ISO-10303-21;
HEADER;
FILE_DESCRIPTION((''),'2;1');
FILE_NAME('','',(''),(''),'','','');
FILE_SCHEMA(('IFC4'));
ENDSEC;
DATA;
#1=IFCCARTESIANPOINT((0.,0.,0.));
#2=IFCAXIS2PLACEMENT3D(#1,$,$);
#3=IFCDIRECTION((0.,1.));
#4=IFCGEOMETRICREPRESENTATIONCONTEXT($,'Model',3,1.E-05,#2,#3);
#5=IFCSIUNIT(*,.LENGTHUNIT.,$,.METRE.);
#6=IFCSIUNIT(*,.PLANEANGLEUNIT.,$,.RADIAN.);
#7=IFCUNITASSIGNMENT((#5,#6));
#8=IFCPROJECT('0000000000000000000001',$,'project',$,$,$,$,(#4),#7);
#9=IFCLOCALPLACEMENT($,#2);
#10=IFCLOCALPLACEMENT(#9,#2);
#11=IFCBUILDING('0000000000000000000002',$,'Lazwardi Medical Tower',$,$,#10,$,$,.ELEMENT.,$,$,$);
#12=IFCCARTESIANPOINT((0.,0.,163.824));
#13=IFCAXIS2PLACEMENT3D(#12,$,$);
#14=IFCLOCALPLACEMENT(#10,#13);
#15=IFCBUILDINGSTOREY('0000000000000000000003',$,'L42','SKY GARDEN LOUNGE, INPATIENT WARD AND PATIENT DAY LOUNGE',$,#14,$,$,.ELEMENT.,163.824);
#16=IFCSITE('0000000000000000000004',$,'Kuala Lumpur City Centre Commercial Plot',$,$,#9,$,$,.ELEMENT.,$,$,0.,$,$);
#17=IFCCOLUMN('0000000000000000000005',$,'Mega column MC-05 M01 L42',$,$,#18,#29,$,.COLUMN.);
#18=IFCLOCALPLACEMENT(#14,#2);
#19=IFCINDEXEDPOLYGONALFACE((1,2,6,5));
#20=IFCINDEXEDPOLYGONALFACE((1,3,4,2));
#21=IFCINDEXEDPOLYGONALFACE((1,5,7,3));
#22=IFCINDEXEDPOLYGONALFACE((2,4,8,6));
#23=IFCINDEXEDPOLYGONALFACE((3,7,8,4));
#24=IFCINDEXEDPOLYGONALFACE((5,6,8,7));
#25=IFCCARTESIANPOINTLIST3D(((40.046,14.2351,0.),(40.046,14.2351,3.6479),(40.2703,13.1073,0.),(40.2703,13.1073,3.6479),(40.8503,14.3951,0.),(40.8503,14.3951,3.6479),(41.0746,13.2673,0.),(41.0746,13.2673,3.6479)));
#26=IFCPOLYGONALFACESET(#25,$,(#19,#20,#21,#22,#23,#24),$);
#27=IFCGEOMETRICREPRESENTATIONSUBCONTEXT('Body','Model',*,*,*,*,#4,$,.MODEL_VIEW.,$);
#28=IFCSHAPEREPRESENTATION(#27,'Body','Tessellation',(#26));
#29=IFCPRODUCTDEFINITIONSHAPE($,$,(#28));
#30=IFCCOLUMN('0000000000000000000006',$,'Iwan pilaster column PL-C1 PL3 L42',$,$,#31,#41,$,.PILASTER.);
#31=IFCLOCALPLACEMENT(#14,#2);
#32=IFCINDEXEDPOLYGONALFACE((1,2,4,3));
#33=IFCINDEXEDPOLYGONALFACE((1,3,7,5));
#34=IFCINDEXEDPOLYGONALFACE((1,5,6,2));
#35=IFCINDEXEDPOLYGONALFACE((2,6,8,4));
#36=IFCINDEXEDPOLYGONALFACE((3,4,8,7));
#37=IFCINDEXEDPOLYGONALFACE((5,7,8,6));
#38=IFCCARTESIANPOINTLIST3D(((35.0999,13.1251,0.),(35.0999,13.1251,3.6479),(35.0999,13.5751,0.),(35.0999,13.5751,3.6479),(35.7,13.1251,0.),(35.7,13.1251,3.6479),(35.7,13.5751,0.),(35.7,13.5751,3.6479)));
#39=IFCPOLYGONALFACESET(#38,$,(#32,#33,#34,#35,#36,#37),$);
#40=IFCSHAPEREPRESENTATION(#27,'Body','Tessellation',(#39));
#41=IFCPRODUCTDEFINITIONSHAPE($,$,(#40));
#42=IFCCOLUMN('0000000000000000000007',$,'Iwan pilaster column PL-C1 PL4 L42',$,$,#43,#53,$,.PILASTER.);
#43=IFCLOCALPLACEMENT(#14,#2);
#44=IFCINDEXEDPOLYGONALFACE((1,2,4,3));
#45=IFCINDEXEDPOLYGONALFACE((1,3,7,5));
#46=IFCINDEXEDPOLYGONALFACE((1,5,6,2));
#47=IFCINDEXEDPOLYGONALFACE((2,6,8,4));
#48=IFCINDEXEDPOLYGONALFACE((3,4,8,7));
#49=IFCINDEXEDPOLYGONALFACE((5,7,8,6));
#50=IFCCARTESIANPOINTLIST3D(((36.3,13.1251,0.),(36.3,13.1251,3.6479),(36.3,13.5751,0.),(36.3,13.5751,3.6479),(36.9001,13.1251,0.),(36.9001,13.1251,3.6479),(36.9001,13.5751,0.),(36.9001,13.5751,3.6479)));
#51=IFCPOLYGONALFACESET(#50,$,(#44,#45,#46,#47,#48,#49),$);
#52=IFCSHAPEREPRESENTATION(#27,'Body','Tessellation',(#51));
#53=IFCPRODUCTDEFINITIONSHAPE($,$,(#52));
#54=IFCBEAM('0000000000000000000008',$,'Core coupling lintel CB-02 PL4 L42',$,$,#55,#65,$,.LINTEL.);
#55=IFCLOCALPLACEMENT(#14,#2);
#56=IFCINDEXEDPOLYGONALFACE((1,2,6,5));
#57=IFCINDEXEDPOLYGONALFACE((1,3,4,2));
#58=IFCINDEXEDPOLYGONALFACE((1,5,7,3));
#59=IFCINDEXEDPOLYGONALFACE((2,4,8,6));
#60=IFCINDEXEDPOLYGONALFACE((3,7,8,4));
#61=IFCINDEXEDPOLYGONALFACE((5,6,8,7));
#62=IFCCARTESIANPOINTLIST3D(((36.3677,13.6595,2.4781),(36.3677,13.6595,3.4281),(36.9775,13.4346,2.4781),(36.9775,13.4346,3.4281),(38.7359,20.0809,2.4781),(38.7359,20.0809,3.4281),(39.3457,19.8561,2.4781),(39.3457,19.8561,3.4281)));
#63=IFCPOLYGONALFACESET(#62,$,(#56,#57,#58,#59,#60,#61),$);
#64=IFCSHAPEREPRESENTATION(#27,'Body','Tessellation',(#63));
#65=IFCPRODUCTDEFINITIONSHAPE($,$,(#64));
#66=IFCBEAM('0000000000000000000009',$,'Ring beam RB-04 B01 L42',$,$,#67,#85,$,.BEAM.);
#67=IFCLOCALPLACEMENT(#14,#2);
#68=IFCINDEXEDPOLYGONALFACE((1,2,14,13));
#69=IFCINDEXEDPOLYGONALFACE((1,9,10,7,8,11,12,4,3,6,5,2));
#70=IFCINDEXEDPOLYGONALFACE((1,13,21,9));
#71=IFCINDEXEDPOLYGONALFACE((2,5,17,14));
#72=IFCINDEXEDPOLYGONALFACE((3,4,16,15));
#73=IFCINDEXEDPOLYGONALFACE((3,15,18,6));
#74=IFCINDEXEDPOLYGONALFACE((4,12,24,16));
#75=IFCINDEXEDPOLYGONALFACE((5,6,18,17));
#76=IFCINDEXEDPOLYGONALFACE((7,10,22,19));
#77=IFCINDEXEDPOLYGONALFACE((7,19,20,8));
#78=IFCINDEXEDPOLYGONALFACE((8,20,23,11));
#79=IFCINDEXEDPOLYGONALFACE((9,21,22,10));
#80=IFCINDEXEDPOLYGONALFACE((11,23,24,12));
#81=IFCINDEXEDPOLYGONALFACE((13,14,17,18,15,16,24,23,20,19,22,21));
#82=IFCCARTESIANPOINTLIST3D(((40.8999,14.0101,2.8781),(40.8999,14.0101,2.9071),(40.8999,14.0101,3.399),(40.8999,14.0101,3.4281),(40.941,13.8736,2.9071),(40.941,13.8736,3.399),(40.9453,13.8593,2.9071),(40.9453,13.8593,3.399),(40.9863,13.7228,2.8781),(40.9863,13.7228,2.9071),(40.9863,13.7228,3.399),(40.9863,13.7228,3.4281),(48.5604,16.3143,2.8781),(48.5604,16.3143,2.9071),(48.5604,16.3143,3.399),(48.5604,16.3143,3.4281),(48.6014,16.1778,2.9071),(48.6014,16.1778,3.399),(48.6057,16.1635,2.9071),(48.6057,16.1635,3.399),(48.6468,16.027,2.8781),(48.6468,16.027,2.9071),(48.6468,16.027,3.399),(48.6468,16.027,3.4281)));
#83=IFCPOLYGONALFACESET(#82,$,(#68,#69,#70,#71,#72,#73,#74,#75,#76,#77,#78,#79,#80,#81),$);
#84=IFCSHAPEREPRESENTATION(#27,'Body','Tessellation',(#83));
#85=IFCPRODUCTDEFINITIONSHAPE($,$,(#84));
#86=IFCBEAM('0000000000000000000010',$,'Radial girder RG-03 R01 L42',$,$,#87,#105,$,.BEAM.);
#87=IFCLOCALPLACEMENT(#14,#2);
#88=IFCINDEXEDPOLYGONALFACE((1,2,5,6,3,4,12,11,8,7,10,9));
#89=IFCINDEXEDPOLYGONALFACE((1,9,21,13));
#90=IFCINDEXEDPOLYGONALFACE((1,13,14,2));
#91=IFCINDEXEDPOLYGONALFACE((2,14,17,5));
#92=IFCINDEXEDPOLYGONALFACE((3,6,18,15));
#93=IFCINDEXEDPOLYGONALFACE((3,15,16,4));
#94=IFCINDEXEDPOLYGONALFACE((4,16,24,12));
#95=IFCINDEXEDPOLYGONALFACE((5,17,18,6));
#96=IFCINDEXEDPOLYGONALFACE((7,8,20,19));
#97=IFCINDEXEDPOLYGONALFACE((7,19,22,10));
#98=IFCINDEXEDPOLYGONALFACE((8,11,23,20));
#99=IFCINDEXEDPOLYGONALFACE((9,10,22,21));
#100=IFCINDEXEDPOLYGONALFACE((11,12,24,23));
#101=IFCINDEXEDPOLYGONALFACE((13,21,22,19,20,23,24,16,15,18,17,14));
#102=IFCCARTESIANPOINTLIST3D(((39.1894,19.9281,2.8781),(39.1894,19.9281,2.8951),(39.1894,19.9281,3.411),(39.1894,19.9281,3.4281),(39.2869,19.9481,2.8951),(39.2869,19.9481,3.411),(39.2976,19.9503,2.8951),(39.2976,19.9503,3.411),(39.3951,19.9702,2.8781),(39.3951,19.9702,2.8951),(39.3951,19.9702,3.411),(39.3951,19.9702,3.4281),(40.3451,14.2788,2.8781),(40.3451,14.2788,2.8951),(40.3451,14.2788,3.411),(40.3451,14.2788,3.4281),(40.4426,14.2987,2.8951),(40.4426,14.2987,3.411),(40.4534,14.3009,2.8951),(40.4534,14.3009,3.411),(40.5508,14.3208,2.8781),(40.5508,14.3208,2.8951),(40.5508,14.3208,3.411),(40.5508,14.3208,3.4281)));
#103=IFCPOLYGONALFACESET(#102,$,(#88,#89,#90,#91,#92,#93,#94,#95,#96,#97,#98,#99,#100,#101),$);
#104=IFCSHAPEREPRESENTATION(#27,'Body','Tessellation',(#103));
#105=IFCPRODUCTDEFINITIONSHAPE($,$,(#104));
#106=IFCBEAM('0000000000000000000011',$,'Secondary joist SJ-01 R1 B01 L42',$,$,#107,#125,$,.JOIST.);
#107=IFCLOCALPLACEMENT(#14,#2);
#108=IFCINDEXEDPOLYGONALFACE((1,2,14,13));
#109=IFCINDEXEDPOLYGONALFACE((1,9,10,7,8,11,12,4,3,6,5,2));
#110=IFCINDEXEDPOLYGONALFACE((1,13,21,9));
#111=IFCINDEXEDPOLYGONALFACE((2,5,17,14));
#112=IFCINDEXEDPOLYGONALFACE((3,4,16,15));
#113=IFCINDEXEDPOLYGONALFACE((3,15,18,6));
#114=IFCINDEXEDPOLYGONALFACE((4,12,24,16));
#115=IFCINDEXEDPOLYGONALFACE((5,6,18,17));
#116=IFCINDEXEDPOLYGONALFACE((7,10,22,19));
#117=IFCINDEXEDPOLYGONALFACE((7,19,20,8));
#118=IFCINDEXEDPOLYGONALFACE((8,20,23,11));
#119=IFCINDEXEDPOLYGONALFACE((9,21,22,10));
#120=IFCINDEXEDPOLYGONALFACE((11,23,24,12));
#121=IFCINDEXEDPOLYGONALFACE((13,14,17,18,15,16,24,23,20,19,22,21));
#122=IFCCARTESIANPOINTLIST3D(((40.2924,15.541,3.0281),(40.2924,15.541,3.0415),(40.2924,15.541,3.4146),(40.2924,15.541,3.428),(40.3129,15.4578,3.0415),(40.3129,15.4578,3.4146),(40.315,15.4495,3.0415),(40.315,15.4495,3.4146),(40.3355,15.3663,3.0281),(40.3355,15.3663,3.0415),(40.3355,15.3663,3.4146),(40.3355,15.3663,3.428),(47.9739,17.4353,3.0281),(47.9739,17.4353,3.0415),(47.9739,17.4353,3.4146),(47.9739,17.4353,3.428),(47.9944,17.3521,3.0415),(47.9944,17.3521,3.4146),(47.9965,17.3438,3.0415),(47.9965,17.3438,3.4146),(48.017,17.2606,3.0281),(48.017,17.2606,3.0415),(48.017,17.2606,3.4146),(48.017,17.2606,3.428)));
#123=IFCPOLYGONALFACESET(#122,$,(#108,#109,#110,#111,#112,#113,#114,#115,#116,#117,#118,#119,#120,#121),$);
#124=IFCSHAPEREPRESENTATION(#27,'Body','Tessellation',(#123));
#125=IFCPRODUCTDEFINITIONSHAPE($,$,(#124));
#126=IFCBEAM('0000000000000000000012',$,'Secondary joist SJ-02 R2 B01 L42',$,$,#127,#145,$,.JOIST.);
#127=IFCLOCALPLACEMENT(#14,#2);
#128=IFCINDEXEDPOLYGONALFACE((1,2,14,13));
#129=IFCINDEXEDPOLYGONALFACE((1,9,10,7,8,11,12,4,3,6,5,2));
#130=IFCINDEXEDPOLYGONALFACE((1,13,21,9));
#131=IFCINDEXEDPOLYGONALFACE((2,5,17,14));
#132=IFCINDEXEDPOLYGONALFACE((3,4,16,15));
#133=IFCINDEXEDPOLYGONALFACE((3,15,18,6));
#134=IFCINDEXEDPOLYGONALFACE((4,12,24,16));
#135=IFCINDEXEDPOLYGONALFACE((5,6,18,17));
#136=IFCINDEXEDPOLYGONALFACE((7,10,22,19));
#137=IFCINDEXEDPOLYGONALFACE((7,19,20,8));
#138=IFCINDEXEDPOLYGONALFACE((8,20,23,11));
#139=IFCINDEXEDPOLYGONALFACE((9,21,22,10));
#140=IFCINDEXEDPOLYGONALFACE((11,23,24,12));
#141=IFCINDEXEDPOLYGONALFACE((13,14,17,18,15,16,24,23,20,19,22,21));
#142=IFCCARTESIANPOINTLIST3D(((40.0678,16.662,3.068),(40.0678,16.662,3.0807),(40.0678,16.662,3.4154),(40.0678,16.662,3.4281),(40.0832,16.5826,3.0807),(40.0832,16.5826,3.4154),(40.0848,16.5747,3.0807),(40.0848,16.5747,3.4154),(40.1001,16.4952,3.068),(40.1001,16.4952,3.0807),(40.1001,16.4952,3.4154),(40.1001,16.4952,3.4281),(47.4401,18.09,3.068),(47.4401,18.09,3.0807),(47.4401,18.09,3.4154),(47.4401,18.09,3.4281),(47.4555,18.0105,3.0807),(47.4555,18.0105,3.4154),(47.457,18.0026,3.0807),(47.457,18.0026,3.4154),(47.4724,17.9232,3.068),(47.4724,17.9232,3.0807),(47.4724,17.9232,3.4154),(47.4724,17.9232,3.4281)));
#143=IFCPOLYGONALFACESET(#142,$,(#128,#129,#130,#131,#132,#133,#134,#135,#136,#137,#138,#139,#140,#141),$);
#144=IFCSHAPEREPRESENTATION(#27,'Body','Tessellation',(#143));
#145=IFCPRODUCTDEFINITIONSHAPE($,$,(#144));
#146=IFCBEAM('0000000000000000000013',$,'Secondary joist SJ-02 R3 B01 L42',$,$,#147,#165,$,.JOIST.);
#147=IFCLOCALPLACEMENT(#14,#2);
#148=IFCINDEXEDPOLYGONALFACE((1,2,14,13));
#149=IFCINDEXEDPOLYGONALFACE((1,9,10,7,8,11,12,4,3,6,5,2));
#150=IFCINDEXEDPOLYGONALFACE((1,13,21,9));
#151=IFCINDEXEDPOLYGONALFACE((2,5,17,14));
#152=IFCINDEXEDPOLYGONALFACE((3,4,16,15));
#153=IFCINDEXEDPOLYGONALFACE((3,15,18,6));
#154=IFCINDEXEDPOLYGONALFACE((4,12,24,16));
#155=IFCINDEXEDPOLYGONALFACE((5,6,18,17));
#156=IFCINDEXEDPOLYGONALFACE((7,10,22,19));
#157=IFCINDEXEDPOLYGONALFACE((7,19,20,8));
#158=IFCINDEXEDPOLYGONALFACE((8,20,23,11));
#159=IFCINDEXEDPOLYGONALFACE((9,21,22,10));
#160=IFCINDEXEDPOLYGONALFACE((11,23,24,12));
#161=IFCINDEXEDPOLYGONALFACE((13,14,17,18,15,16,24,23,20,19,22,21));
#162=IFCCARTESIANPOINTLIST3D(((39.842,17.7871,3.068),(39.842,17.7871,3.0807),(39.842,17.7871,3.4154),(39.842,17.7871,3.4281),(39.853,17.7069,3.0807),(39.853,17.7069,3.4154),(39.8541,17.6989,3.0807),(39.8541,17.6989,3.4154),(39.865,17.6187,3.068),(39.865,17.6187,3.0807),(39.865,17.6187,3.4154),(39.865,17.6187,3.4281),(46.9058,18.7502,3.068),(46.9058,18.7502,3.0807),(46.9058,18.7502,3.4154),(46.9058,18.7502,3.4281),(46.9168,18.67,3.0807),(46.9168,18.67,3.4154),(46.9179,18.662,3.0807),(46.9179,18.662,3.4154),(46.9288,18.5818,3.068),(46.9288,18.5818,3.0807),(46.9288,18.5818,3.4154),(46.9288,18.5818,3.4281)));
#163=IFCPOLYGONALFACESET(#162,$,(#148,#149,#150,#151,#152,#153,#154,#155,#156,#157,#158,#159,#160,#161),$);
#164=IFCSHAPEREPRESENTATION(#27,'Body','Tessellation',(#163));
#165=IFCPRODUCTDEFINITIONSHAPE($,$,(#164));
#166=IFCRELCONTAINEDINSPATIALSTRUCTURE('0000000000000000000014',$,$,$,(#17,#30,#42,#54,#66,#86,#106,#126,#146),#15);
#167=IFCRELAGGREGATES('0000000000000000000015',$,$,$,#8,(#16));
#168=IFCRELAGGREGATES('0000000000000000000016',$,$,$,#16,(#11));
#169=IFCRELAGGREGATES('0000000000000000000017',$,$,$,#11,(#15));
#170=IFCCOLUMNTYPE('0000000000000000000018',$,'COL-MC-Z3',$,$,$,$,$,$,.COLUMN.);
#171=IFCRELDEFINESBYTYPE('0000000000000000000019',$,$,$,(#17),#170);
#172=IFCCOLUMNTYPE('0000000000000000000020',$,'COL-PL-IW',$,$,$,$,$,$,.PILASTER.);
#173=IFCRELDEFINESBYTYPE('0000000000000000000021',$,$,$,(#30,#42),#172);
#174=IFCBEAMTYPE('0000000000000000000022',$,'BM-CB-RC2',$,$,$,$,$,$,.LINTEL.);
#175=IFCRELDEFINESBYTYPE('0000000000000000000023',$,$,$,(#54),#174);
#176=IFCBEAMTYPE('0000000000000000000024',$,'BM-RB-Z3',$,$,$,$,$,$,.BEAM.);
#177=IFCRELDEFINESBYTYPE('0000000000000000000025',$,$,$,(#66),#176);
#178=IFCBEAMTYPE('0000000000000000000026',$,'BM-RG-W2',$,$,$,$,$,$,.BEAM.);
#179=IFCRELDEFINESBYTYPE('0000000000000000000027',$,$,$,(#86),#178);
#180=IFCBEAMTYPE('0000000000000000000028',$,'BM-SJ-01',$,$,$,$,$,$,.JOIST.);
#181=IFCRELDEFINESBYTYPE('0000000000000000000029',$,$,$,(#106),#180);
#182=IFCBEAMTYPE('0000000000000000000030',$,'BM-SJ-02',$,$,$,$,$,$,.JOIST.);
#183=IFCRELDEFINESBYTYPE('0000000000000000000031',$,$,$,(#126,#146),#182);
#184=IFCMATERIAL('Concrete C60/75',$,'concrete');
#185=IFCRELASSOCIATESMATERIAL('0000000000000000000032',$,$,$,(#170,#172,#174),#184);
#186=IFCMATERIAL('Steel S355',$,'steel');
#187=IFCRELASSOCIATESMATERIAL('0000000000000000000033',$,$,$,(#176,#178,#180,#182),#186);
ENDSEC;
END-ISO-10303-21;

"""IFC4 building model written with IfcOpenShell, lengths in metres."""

from ifc_helpers import new_model, si_unit, direction, frame, origin, origin_2d, place, context, subcontext, project, spatial, rectangle, i_section, extrude, material, material_profile, profile_set, type_object, element, save


model = new_model("IFC4")

# Units and contexts
model_context = context("Model", 3, precision=1e-05, world=origin(), true_north=direction((0.0, 1.0)))
body_context = subcontext(model_context, "Body", "Model", "MODEL_VIEW")
ifc_project = project(units=[si_unit("LENGTHUNIT", "METRE"), si_unit("PLANEANGLEUNIT", "RADIAN")], contexts=[model_context])

# Site, building, storey
site_placement = place(None, origin())
site = spatial("IfcSite", under=ifc_project, at=site_placement, Name="Kuala Lumpur City Centre Commercial Plot", CompositionType="ELEMENT", RefElevation=0.0)
building_placement = place(site_placement, origin())
building = spatial("IfcBuilding", under=site, at=building_placement, Name="Lazwardi Medical Tower", CompositionType="ELEMENT")
storey_placement = place(building_placement, frame((0.0, 0.0, 163.824)))
storey = spatial("IfcBuildingStorey", under=building, at=storey_placement, Name="L42", Description="SKY GARDEN LOUNGE, INPATIENT WARD AND PATIENT DAY LOUNGE", CompositionType="ELEMENT", Elevation=163.824)

# Columns
ifc_material_1 = material(Name="Concrete C60/75", Category="concrete")
ifc_material_profile_1 = material_profile(ifc_material_1, rectangle(XDim=1.1499, YDim=0.8201, at=origin_2d()), Name="CFT-RECT 1150x820")
ifc_profile_set_1 = profile_set([ifc_material_profile_1], Name="Concrete C60/75")
column_type_1 = type_object("IfcColumnType", Name="COL-MC-Z3", PredefinedType="COLUMN", material=ifc_profile_set_1)
column_placement = place(storey_placement, frame((40.5603, 13.7512, 0.0), z_axis=(0.0, 0.0, 1.0), x_axis=(0.19509, -0.980785, 0.0)))
element("IfcColumn", 1, at=column_placement, inside=storey, type_object=column_type_1, Name="Mega column MC-05 M01 L42", PredefinedType="COLUMN", context=body_context, shape_type="SweptSolid", body=[
    extrude(rectangle(XDim=1.1499, YDim=0.8201, at=origin_2d()), origin(), (0.0, 0.0, 1.0), 3.6479),
])
ifc_material_profile_2 = material_profile(ifc_material_1, rectangle(XDim=0.6001, YDim=0.45, at=origin_2d()), Name="RC 600x450")
ifc_profile_set_2 = profile_set([ifc_material_profile_2], Name="Concrete C60/75")
column_type_2 = type_object("IfcColumnType", Name="COL-PL-IW", PredefinedType="PILASTER", material=ifc_profile_set_2)
for number, where, z_axis, x_axis, name in (
    (2, (35.3999, 13.3501, 0.0), (0.0, 0.0, 1.0), (1.0, 0.0, 0.0), "Iwan pilaster column PL-C1 PL3 L42"),
    (3, (36.6001, 13.3501, 0.0), (0.0, 0.0, 1.0), (1.0, 0.0, 0.0), "Iwan pilaster column PL-C1 PL4 L42"),
):
    element("IfcColumn", number, at=place(storey_placement, frame(where, z_axis=z_axis, x_axis=x_axis)), inside=storey, type_object=column_type_2, Name=name, PredefinedType="PILASTER", context=body_context, shape_type="SweptSolid", body=[
        extrude(rectangle(XDim=0.6001, YDim=0.45, at=origin_2d()), origin(), (0.0, 0.0, 1.0), 3.6479),
    ])

# Beams
ifc_material_profile_3 = material_profile(ifc_material_1, rectangle(XDim=0.6499, YDim=0.95, at=origin_2d()), Name="RC 650x950")
ifc_profile_set_3 = profile_set([ifc_material_profile_3], Name="Concrete C60/75")
beam_type_1 = type_object("IfcBeamType", Name="BM-CB-RC2", PredefinedType="LINTEL", material=ifc_profile_set_3)
beam_1_placement = place(storey_placement, frame((39.0408, 19.9685, 2.9531), z_axis=(-0.346013, -0.93823, 0.0), x_axis=(0.93823, -0.346013, 0.0)))
element("IfcBeam", 4, at=beam_1_placement, inside=storey, type_object=beam_type_1, Name="Core coupling lintel CB-02 PL4 L42", PredefinedType="LINTEL", context=body_context, shape_type="SweptSolid", body=[
    extrude(rectangle(XDim=0.6499, YDim=0.95, at=origin_2d()), origin(), (0.0, 0.0, 1.0), 6.8442),
])
ifc_material_2 = material(Name="Steel S355", Category="steel")
ifc_material_profile_4 = material_profile(ifc_material_2, i_section(OverallWidth=0.3, OverallDepth=0.55, WebThickness=0.0149, FlangeThickness=0.0291, at=origin_2d()), Name="HEB 550")
ifc_profile_set_4 = profile_set([ifc_material_profile_4], Name="Steel S355")
beam_type_2 = type_object("IfcBeamType", Name="BM-RB-Z3", PredefinedType="BEAM", material=ifc_profile_set_4)
beam_2_placement = place(storey_placement, frame((40.9431, 13.8665, 3.1531), z_axis=(0.957617, 0.288045, 0.0), x_axis=(-0.288045, 0.957617, 0.0)))
element("IfcBeam", 5, at=beam_2_placement, inside=storey, type_object=beam_type_2, Name="Ring beam RB-04 B01 L42", PredefinedType="BEAM", context=body_context, shape_type="SweptSolid", body=[
    extrude(i_section(OverallWidth=0.3, OverallDepth=0.55, WebThickness=0.0149, FlangeThickness=0.0291, at=origin_2d()), origin(), (0.0, 0.0, 1.0), 7.9995),
])
ifc_material_profile_5 = material_profile(ifc_material_2, i_section(OverallWidth=0.21, OverallDepth=0.55, WebThickness=0.011, FlangeThickness=0.0171, at=origin_2d()), Name="IPE 550")
ifc_profile_set_5 = profile_set([ifc_material_profile_5], Name="Steel S355")
beam_type_3 = type_object("IfcBeamType", Name="BM-RG-W2", PredefinedType="BEAM", material=ifc_profile_set_5)
beam_3_placement = place(storey_placement, frame((40.448, 14.2998, 3.1531), z_axis=(-0.200429, 0.979708, 0.0), x_axis=(-0.979708, -0.200429, 0.0)))
element("IfcBeam", 6, at=beam_3_placement, inside=storey, type_object=beam_type_3, Name="Radial girder RG-03 R01 L42", PredefinedType="BEAM", context=body_context, shape_type="SweptSolid", body=[
    extrude(i_section(OverallWidth=0.21, OverallDepth=0.55, WebThickness=0.011, FlangeThickness=0.0171, at=origin_2d()), origin(), (0.0, 0.0, 1.0), 5.7664),
])
ifc_material_profile_6 = material_profile(ifc_material_2, i_section(OverallWidth=0.1799, OverallDepth=0.3999, WebThickness=0.0085, FlangeThickness=0.0134, at=origin_2d()), Name="IPE 400")
ifc_profile_set_6 = profile_set([ifc_material_profile_6], Name="Steel S355")
beam_type_4 = type_object("IfcBeamType", Name="BM-SJ-01", PredefinedType="JOIST", material=ifc_profile_set_6)
beam_4_placement = place(storey_placement, frame((40.314, 15.4536, 3.228), z_axis=(0.970913, 0.239434, 0.0), x_axis=(-0.239434, 0.970913, 0.0)))
element("IfcBeam", 7, at=beam_4_placement, inside=storey, type_object=beam_type_4, Name="Secondary joist SJ-01 R1 B01 L42", PredefinedType="JOIST", context=body_context, shape_type="SweptSolid", body=[
    extrude(i_section(OverallWidth=0.1799, OverallDepth=0.3999, WebThickness=0.0085, FlangeThickness=0.0134, at=origin_2d()), origin(), (0.0, 0.0, 1.0), 7.9116),
])
ifc_material_profile_7 = material_profile(ifc_material_2, i_section(OverallWidth=0.1699, OverallDepth=0.3601, WebThickness=0.0081, FlangeThickness=0.0127, at=origin_2d()), Name="IPE 360")
ifc_profile_set_7 = profile_set([ifc_material_profile_7], Name="Steel S355")
beam_type_5 = type_object("IfcBeamType", Name="BM-SJ-02", PredefinedType="JOIST", material=ifc_profile_set_7)
beam_5_placement = place(storey_placement, frame((40.084, 16.5786, 3.248), z_axis=(0.981753, 0.19016, 0.0), x_axis=(-0.19016, 0.981753, 0.0)))
element("IfcBeam", 8, at=beam_5_placement, inside=storey, type_object=beam_type_5, Name="Secondary joist SJ-02 R2 B01 L42", PredefinedType="JOIST", context=body_context, shape_type="SweptSolid", body=[
    extrude(i_section(OverallWidth=0.1699, OverallDepth=0.3601, WebThickness=0.0081, FlangeThickness=0.0127, at=origin_2d()), origin(), (0.0, 0.0, 1.0), 7.5093),
])
beam_6_placement = place(storey_placement, frame((39.8535, 17.7029, 3.248), z_axis=(0.990832, 0.135099, 0.0), x_axis=(-0.135099, 0.990832, 0.0)))
element("IfcBeam", 9, at=beam_6_placement, inside=storey, type_object=beam_type_5, Name="Secondary joist SJ-02 R3 B01 L42", PredefinedType="JOIST", context=body_context, shape_type="SweptSolid", body=[
    extrude(i_section(OverallWidth=0.1699, OverallDepth=0.3601, WebThickness=0.0081, FlangeThickness=0.0127, at=origin_2d()), origin(), (0.0, 0.0, 1.0), 7.1292),
])

save(model, "model.ifc")
